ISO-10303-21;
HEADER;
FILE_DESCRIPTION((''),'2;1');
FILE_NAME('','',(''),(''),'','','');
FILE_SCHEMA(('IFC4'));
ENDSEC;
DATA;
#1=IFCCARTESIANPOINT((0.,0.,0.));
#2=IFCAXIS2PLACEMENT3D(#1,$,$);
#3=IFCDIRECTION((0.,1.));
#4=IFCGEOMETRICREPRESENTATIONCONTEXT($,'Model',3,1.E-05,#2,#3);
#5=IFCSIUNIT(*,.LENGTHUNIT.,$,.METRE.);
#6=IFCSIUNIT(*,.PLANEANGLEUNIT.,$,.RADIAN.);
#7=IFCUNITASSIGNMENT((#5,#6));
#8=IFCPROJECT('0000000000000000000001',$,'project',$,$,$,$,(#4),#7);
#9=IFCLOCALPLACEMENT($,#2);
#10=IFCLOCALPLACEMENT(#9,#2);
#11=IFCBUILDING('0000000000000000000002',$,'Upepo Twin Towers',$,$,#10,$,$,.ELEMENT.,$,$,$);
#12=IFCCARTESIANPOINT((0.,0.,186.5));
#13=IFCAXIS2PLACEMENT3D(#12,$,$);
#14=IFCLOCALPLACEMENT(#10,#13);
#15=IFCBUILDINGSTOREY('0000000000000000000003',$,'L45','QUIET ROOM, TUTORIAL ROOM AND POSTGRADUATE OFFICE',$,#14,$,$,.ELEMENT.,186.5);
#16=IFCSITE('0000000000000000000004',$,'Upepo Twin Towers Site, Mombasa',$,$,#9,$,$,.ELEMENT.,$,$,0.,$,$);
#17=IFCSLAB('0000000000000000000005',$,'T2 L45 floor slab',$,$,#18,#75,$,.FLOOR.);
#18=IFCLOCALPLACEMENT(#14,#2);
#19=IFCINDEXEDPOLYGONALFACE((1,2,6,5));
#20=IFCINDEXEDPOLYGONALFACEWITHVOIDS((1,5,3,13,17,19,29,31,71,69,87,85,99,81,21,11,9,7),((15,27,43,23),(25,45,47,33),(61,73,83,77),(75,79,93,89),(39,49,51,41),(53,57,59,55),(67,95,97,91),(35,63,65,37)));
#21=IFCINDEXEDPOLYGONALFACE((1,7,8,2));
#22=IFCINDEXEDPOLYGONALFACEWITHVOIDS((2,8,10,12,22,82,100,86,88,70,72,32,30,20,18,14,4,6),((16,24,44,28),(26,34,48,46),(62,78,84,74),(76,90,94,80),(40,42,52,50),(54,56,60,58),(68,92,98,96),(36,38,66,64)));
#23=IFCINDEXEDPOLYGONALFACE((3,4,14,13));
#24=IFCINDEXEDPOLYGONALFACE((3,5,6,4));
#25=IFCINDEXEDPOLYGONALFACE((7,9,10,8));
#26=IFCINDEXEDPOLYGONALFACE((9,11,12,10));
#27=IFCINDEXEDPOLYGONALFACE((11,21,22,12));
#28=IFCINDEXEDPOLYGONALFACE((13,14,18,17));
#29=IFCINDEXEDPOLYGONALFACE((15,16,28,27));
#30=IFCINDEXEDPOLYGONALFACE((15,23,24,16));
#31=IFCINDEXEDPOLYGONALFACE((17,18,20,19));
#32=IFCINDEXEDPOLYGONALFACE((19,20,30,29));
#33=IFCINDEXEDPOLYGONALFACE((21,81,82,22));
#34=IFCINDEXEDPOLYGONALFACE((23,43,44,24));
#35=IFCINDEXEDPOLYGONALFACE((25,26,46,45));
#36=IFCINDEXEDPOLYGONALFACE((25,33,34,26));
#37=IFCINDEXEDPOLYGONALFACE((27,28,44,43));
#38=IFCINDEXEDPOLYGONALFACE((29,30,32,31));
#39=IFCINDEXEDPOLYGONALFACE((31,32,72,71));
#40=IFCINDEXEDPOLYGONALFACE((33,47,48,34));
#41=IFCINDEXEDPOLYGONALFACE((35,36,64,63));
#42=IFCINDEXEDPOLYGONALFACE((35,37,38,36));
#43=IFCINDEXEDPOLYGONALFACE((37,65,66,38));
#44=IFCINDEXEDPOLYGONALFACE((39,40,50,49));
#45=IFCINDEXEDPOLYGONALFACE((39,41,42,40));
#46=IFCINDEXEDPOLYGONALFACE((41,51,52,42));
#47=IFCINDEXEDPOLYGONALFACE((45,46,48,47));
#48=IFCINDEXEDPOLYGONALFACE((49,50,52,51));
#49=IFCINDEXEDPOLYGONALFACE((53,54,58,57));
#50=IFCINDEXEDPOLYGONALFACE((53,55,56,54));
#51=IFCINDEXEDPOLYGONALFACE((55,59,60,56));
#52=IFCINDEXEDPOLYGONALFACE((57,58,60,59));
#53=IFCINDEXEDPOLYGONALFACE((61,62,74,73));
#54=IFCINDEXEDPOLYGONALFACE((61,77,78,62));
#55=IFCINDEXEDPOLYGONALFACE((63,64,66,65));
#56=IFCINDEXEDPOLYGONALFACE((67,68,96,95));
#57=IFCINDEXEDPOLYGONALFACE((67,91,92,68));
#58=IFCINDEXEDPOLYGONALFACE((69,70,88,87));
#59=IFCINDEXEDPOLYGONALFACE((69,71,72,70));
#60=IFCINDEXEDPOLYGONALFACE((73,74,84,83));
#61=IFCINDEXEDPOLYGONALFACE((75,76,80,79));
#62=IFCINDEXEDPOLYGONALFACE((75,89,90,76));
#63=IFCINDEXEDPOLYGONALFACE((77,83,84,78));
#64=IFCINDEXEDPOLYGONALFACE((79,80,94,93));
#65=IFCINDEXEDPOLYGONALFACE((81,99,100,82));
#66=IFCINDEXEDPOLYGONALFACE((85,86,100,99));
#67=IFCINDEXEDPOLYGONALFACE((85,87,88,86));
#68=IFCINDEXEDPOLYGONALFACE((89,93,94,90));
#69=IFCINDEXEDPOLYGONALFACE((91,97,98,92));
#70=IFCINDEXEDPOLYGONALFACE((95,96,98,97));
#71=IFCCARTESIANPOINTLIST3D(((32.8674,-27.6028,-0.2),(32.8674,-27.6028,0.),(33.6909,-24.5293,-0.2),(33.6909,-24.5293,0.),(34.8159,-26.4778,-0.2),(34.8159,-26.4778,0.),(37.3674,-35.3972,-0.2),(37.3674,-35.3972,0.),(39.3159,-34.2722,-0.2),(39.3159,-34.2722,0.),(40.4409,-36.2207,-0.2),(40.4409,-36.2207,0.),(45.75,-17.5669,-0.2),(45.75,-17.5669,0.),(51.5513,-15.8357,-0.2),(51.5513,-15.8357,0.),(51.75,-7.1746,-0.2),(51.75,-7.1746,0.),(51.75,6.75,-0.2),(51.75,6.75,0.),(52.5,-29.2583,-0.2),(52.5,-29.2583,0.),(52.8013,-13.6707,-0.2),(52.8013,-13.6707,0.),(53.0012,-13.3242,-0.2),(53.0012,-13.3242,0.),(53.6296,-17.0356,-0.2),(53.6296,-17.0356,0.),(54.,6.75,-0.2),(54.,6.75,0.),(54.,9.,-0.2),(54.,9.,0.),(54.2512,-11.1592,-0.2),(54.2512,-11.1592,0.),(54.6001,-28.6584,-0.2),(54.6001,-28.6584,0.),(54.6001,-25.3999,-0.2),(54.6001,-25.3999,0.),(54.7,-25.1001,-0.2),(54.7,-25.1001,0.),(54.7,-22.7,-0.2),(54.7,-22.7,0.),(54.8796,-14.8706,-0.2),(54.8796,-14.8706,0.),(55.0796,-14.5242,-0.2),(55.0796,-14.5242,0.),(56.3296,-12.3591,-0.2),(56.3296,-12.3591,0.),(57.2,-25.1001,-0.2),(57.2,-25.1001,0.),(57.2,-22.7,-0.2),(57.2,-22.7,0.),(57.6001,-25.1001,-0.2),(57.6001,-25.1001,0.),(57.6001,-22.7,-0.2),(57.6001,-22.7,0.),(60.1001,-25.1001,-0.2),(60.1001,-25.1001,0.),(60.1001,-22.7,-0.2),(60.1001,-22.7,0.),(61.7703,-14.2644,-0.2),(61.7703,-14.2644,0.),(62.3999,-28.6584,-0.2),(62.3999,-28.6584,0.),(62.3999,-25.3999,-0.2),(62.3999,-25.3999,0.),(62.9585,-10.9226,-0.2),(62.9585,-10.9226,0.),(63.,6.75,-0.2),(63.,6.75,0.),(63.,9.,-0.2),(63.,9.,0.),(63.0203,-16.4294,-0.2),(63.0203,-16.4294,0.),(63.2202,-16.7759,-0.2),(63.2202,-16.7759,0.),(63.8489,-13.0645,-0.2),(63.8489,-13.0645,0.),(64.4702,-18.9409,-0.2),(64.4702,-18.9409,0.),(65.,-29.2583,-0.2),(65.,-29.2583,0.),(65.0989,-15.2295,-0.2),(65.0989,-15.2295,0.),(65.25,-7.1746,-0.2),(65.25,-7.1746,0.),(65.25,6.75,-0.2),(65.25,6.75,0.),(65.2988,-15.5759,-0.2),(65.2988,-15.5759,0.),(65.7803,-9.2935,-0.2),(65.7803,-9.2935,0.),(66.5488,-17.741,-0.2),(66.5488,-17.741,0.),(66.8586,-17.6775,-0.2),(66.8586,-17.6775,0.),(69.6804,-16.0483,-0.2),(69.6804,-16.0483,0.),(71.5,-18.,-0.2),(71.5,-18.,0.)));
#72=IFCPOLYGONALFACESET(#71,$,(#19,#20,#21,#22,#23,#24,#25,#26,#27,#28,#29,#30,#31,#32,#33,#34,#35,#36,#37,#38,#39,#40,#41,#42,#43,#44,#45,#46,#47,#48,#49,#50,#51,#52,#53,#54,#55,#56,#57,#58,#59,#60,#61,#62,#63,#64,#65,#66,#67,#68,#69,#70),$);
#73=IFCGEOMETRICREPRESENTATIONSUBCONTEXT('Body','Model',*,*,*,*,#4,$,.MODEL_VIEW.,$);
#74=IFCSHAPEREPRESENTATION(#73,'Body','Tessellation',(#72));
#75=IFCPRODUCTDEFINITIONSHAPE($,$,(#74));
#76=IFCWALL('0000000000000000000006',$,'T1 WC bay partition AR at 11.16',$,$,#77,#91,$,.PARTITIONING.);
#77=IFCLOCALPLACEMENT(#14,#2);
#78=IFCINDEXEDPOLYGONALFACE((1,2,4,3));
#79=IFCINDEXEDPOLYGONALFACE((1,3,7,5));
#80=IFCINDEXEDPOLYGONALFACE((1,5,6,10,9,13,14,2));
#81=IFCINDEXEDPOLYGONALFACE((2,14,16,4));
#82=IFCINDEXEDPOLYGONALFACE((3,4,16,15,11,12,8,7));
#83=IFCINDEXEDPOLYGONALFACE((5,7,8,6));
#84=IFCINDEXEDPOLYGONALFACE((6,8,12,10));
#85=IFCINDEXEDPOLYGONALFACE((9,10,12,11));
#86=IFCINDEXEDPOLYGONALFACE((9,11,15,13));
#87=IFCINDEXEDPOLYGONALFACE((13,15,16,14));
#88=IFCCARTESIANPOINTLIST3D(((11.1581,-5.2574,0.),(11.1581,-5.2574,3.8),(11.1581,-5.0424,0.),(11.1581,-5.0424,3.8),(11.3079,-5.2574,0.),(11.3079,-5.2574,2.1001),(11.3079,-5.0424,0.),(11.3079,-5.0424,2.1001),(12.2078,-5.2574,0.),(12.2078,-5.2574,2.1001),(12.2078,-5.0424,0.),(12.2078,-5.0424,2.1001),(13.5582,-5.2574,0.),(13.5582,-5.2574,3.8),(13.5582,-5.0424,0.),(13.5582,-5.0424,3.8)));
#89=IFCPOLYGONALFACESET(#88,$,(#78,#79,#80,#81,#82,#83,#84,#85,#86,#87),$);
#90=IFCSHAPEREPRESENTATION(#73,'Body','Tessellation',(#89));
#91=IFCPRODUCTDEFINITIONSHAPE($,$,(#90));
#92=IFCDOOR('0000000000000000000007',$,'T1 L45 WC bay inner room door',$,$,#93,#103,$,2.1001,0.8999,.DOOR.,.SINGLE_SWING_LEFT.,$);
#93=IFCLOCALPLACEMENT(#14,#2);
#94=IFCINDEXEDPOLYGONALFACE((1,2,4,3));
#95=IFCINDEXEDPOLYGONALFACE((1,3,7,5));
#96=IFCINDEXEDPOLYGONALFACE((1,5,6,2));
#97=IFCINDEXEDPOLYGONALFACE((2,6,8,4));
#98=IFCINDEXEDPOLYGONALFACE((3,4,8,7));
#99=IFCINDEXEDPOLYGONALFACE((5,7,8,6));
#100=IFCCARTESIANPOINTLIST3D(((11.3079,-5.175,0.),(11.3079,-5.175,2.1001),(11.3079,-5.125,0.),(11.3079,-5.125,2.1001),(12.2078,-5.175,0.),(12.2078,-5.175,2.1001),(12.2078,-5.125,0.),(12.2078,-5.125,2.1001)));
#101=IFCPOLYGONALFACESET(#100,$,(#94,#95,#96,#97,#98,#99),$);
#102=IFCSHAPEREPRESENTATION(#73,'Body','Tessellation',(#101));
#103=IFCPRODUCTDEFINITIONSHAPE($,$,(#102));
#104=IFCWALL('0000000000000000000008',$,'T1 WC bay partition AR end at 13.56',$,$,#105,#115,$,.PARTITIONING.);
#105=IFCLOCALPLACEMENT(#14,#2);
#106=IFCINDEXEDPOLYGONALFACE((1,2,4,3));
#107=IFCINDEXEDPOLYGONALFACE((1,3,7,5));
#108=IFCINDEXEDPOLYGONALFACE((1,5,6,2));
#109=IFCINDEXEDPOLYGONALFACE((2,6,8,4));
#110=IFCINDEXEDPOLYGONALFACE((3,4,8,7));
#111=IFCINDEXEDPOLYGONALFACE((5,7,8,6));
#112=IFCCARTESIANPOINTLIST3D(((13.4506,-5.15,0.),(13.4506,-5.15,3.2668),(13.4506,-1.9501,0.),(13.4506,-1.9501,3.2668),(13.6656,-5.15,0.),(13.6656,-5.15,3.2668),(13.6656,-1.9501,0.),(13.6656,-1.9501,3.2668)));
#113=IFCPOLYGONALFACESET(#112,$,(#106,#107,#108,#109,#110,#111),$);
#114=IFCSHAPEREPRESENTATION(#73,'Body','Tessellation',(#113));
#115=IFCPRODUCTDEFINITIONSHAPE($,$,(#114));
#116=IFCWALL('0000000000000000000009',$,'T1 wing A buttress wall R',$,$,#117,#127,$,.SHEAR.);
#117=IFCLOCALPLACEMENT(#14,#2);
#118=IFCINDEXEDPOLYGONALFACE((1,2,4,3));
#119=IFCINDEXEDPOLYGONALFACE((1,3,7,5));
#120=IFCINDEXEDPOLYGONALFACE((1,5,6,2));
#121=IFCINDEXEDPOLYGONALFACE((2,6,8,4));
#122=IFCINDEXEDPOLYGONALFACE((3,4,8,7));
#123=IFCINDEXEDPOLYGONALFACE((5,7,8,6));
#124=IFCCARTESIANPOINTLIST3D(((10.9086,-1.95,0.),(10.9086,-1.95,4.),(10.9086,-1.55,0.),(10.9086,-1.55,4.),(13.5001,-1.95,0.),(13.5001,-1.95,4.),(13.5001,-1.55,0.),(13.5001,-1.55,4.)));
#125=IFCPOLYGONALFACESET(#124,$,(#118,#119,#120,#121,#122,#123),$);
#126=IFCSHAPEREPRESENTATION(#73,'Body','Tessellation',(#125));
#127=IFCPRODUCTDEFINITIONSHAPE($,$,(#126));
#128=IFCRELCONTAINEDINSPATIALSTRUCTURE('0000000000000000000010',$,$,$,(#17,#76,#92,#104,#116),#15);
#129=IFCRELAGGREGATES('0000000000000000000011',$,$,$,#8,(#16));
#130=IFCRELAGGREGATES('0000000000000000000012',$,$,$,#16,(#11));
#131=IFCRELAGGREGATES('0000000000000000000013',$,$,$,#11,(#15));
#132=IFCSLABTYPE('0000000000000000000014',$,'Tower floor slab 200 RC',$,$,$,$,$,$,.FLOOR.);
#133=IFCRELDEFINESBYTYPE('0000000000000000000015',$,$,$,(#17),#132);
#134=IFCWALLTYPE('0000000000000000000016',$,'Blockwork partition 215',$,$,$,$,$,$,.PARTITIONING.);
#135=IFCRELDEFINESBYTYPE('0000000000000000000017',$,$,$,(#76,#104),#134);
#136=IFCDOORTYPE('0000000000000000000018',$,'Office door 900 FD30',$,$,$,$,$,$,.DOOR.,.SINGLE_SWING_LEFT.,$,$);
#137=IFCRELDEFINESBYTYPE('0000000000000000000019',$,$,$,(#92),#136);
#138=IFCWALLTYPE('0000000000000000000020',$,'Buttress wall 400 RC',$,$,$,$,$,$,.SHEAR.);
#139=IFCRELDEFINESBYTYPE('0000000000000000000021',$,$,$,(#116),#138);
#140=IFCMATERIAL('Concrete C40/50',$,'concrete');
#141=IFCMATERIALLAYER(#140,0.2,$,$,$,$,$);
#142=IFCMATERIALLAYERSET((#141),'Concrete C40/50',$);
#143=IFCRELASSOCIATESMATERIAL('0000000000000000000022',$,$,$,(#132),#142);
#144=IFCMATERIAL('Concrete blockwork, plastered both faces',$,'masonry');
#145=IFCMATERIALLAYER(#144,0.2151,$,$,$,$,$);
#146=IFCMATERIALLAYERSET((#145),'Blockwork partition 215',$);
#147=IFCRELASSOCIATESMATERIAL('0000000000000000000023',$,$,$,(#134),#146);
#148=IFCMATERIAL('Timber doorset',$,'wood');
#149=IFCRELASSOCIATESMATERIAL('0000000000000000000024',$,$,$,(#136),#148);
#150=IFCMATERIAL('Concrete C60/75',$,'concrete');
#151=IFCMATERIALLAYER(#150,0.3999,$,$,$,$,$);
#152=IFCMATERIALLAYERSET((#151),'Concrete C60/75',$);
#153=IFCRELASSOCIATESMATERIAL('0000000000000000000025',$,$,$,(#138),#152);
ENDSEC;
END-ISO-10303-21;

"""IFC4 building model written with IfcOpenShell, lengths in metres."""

from ifc_helpers import new_model, si_unit, direction, frame, frame_2d, origin, place, context, subcontext, project, spatial, polyline, rectangle, outline, extrude, material, layer, layer_set, type_object, element, fill, save


model = new_model("IFC4")

# Units and contexts
model_context = context("Model", 3, precision=1e-05, world=origin(), true_north=direction((0.0, 1.0)))
body_context = subcontext(model_context, "Body", "Model", "MODEL_VIEW")
ifc_project = project(units=[si_unit("LENGTHUNIT", "METRE"), si_unit("PLANEANGLEUNIT", "RADIAN")], contexts=[model_context])

# Site, building, storey
site_placement = place(None, origin())
site = spatial("IfcSite", under=ifc_project, at=site_placement, Name="Upepo Twin Towers Site, Mombasa", CompositionType="ELEMENT", RefElevation=0.0)
building_placement = place(site_placement, origin())
building = spatial("IfcBuilding", under=site, at=building_placement, Name="Upepo Twin Towers", CompositionType="ELEMENT")
storey_placement = place(building_placement, frame((0.0, 0.0, 186.5)))
storey = spatial("IfcBuildingStorey", under=building, at=storey_placement, Name="L45", Description="QUIET ROOM, TUTORIAL ROOM AND POSTGRADUATE OFFICE", CompositionType="ELEMENT", Elevation=186.5)

# Slab
ifc_material_1 = material(Name="Concrete C40/50", Category="concrete")
ifc_layer_1 = layer(ifc_material_1, 0.2)
ifc_layer_set_1 = layer_set([ifc_layer_1], Name="Concrete C40/50")
slab_type_1 = type_object("IfcSlabType", Name="Tower floor slab 200 RC", PredefinedType="FLOOR", material=ifc_layer_set_1)
slab_1_placement = place(storey_placement, frame((0.0, 0.0, -0.2)))
element("IfcSlab", 1, at=slab_1_placement, inside=storey, type_object=slab_type_1, Name="T2 L45 floor slab", PredefinedType="FLOOR", context=body_context, shape_type="SweptSolid", body=[
    extrude(outline(polyline([(51.75, -7.1746), (51.75, 6.75), (54.0, 6.75), (54.0, 9.0), (63.0, 9.0), (63.0, 6.75), (65.25, 6.75), (65.25, -7.1746), (71.5, -18.0), (65.0, -29.2583), (52.5, -29.2583), (40.4409, -36.2207), (39.3159, -34.2722), (37.3674, -35.3972), (32.8674, -27.6028), (34.8159, -26.4778), (33.6909, -24.5293), (45.75, -17.5669), (51.75, -7.1746)]), holes=[polyline([(56.3296, -12.3591), (54.2512, -11.1592), (53.0012, -13.3242), (55.0796, -14.5242), (56.3296, -12.3591)]), polyline([(54.8796, -14.8706), (52.8013, -13.6707), (51.5513, -15.8357), (53.6296, -17.0356), (54.8796, -14.8706)]), polyline([(54.7, -22.7), (54.7, -25.1001), (57.2, -25.1001), (57.2, -22.7), (54.7, -22.7)]), polyline([(57.6001, -22.7), (57.6001, -25.1001), (60.1001, -25.1001), (60.1001, -22.7), (57.6001, -22.7)]), polyline([(54.6001, -25.3999), (54.6001, -28.6584), (62.3999, -28.6584), (62.3999, -25.3999), (54.6001, -25.3999)]), polyline([(64.4702, -18.9409), (66.5488, -17.741), (65.2988, -15.5759), (63.2202, -16.7759), (64.4702, -18.9409)]), polyline([(63.0203, -16.4294), (65.0989, -15.2295), (63.8489, -13.0645), (61.7703, -14.2644), (63.0203, -16.4294)]), polyline([(66.8586, -17.6775), (69.6804, -16.0483), (65.7803, -9.2935), (62.9585, -10.9226), (66.8586, -17.6775)])]), origin(), (0.0, 0.0, 1.0), 0.2),
])

# Wall, opening, door
ifc_material_2 = material(Name="Concrete blockwork, plastered both faces", Category="masonry")
ifc_layer_2 = layer(ifc_material_2, 0.2151)
ifc_layer_set_2 = layer_set([ifc_layer_2], Name="Blockwork partition 215")
wall_type_1 = type_object("IfcWallType", Name="Blockwork partition 215", PredefinedType="PARTITIONING", material=ifc_layer_set_2)
wall_1_placement = place(storey_placement, frame((11.158, -5.1499, 0.0), z_axis=(0.0, 0.0, 1.0), x_axis=(1.0, 0.0, 0.0)))
wall_1 = element("IfcWall", 2, at=wall_1_placement, inside=storey, type_object=wall_type_1, Name="T1 WC bay partition AR at 11.16", PredefinedType="PARTITIONING", context=body_context, shape_type="SweptSolid", body=[
    extrude(rectangle(XDim=2.4001, YDim=0.2151, at=frame_2d((1.2002, 0.0))), origin(), (0.0, 0.0, 1.0), 3.8),
])
opening_1_placement = place(wall_1_placement, frame((0.1499, 0.0, 0.0)))
opening_1 = element("IfcOpeningElement", 3, at=opening_1_placement, cuts=wall_1, PredefinedType="OPENING", context=body_context, shape_type="SweptSolid", body=[
    extrude(rectangle(XDim=0.8999, YDim=2.1001, at=frame_2d((0.45, 1.05))), frame((0.0, 0.1174, 0.0), z_axis=(0.0, -1.0, 0.0), x_axis=(1.0, 0.0, 0.0)), (0.0, 0.0, 1.0), 0.2351),
])
ifc_material_3 = material(Name="Timber doorset", Category="wood")
door_type_1 = type_object("IfcDoorType", Name="Office door 900 FD30", OperationType="SINGLE_SWING_LEFT", PredefinedType="DOOR", material=ifc_material_3)
door_1_placement = place(opening_1_placement, origin())
door_1 = element("IfcDoor", 4, at=door_1_placement, inside=storey, type_object=door_type_1, Name="T1 L45 WC bay inner room door", OperationType="SINGLE_SWING_LEFT", OverallHeight=2.1001, OverallWidth=0.8999, PredefinedType="DOOR", context=body_context, shape_type="SweptSolid", body=[
    extrude(rectangle(XDim=0.8999, YDim=2.1001, at=frame_2d((0.45, 1.05))), frame((0.0, 0.0249, 0.0), z_axis=(0.0, -1.0, 0.0), x_axis=(1.0, 0.0, 0.0)), (0.0, 0.0, 1.0), 0.05),
])
fill(opening_1, door_1)

# Walls
wall_2_placement = place(storey_placement, frame((13.5581, -1.95, 0.0), z_axis=(0.0, 0.0, 1.0), x_axis=(0.0, -1.0, 0.0)))
element("IfcWall", 5, at=wall_2_placement, inside=storey, type_object=wall_type_1, Name="T1 WC bay partition AR end at 13.56", PredefinedType="PARTITIONING", context=body_context, shape_type="SweptSolid", body=[
    extrude(rectangle(XDim=3.2, YDim=0.2151, at=frame_2d((1.6001, 0.0))), origin(), (0.0, 0.0, 1.0), 3.2668),
])
ifc_material_4 = material(Name="Concrete C60/75", Category="concrete")
ifc_layer_3 = layer(ifc_material_4, 0.3999)
ifc_layer_set_3 = layer_set([ifc_layer_3], Name="Concrete C60/75")
wall_type_2 = type_object("IfcWallType", Name="Buttress wall 400 RC", PredefinedType="SHEAR", material=ifc_layer_set_3)
wall_3_placement = place(storey_placement, frame((10.9084, -1.75, 0.0), z_axis=(0.0, 0.0, 1.0), x_axis=(1.0, 0.0, 0.0)))
element("IfcWall", 6, at=wall_3_placement, inside=storey, type_object=wall_type_2, Name="T1 wing A buttress wall R", PredefinedType="SHEAR", context=body_context, shape_type="SweptSolid", body=[
    extrude(rectangle(XDim=2.5916, YDim=0.3999, at=frame_2d((1.2959, 0.0))), origin(), (0.0, 0.0, 1.0), 4.0),
])

save(model, "model.ifc")
